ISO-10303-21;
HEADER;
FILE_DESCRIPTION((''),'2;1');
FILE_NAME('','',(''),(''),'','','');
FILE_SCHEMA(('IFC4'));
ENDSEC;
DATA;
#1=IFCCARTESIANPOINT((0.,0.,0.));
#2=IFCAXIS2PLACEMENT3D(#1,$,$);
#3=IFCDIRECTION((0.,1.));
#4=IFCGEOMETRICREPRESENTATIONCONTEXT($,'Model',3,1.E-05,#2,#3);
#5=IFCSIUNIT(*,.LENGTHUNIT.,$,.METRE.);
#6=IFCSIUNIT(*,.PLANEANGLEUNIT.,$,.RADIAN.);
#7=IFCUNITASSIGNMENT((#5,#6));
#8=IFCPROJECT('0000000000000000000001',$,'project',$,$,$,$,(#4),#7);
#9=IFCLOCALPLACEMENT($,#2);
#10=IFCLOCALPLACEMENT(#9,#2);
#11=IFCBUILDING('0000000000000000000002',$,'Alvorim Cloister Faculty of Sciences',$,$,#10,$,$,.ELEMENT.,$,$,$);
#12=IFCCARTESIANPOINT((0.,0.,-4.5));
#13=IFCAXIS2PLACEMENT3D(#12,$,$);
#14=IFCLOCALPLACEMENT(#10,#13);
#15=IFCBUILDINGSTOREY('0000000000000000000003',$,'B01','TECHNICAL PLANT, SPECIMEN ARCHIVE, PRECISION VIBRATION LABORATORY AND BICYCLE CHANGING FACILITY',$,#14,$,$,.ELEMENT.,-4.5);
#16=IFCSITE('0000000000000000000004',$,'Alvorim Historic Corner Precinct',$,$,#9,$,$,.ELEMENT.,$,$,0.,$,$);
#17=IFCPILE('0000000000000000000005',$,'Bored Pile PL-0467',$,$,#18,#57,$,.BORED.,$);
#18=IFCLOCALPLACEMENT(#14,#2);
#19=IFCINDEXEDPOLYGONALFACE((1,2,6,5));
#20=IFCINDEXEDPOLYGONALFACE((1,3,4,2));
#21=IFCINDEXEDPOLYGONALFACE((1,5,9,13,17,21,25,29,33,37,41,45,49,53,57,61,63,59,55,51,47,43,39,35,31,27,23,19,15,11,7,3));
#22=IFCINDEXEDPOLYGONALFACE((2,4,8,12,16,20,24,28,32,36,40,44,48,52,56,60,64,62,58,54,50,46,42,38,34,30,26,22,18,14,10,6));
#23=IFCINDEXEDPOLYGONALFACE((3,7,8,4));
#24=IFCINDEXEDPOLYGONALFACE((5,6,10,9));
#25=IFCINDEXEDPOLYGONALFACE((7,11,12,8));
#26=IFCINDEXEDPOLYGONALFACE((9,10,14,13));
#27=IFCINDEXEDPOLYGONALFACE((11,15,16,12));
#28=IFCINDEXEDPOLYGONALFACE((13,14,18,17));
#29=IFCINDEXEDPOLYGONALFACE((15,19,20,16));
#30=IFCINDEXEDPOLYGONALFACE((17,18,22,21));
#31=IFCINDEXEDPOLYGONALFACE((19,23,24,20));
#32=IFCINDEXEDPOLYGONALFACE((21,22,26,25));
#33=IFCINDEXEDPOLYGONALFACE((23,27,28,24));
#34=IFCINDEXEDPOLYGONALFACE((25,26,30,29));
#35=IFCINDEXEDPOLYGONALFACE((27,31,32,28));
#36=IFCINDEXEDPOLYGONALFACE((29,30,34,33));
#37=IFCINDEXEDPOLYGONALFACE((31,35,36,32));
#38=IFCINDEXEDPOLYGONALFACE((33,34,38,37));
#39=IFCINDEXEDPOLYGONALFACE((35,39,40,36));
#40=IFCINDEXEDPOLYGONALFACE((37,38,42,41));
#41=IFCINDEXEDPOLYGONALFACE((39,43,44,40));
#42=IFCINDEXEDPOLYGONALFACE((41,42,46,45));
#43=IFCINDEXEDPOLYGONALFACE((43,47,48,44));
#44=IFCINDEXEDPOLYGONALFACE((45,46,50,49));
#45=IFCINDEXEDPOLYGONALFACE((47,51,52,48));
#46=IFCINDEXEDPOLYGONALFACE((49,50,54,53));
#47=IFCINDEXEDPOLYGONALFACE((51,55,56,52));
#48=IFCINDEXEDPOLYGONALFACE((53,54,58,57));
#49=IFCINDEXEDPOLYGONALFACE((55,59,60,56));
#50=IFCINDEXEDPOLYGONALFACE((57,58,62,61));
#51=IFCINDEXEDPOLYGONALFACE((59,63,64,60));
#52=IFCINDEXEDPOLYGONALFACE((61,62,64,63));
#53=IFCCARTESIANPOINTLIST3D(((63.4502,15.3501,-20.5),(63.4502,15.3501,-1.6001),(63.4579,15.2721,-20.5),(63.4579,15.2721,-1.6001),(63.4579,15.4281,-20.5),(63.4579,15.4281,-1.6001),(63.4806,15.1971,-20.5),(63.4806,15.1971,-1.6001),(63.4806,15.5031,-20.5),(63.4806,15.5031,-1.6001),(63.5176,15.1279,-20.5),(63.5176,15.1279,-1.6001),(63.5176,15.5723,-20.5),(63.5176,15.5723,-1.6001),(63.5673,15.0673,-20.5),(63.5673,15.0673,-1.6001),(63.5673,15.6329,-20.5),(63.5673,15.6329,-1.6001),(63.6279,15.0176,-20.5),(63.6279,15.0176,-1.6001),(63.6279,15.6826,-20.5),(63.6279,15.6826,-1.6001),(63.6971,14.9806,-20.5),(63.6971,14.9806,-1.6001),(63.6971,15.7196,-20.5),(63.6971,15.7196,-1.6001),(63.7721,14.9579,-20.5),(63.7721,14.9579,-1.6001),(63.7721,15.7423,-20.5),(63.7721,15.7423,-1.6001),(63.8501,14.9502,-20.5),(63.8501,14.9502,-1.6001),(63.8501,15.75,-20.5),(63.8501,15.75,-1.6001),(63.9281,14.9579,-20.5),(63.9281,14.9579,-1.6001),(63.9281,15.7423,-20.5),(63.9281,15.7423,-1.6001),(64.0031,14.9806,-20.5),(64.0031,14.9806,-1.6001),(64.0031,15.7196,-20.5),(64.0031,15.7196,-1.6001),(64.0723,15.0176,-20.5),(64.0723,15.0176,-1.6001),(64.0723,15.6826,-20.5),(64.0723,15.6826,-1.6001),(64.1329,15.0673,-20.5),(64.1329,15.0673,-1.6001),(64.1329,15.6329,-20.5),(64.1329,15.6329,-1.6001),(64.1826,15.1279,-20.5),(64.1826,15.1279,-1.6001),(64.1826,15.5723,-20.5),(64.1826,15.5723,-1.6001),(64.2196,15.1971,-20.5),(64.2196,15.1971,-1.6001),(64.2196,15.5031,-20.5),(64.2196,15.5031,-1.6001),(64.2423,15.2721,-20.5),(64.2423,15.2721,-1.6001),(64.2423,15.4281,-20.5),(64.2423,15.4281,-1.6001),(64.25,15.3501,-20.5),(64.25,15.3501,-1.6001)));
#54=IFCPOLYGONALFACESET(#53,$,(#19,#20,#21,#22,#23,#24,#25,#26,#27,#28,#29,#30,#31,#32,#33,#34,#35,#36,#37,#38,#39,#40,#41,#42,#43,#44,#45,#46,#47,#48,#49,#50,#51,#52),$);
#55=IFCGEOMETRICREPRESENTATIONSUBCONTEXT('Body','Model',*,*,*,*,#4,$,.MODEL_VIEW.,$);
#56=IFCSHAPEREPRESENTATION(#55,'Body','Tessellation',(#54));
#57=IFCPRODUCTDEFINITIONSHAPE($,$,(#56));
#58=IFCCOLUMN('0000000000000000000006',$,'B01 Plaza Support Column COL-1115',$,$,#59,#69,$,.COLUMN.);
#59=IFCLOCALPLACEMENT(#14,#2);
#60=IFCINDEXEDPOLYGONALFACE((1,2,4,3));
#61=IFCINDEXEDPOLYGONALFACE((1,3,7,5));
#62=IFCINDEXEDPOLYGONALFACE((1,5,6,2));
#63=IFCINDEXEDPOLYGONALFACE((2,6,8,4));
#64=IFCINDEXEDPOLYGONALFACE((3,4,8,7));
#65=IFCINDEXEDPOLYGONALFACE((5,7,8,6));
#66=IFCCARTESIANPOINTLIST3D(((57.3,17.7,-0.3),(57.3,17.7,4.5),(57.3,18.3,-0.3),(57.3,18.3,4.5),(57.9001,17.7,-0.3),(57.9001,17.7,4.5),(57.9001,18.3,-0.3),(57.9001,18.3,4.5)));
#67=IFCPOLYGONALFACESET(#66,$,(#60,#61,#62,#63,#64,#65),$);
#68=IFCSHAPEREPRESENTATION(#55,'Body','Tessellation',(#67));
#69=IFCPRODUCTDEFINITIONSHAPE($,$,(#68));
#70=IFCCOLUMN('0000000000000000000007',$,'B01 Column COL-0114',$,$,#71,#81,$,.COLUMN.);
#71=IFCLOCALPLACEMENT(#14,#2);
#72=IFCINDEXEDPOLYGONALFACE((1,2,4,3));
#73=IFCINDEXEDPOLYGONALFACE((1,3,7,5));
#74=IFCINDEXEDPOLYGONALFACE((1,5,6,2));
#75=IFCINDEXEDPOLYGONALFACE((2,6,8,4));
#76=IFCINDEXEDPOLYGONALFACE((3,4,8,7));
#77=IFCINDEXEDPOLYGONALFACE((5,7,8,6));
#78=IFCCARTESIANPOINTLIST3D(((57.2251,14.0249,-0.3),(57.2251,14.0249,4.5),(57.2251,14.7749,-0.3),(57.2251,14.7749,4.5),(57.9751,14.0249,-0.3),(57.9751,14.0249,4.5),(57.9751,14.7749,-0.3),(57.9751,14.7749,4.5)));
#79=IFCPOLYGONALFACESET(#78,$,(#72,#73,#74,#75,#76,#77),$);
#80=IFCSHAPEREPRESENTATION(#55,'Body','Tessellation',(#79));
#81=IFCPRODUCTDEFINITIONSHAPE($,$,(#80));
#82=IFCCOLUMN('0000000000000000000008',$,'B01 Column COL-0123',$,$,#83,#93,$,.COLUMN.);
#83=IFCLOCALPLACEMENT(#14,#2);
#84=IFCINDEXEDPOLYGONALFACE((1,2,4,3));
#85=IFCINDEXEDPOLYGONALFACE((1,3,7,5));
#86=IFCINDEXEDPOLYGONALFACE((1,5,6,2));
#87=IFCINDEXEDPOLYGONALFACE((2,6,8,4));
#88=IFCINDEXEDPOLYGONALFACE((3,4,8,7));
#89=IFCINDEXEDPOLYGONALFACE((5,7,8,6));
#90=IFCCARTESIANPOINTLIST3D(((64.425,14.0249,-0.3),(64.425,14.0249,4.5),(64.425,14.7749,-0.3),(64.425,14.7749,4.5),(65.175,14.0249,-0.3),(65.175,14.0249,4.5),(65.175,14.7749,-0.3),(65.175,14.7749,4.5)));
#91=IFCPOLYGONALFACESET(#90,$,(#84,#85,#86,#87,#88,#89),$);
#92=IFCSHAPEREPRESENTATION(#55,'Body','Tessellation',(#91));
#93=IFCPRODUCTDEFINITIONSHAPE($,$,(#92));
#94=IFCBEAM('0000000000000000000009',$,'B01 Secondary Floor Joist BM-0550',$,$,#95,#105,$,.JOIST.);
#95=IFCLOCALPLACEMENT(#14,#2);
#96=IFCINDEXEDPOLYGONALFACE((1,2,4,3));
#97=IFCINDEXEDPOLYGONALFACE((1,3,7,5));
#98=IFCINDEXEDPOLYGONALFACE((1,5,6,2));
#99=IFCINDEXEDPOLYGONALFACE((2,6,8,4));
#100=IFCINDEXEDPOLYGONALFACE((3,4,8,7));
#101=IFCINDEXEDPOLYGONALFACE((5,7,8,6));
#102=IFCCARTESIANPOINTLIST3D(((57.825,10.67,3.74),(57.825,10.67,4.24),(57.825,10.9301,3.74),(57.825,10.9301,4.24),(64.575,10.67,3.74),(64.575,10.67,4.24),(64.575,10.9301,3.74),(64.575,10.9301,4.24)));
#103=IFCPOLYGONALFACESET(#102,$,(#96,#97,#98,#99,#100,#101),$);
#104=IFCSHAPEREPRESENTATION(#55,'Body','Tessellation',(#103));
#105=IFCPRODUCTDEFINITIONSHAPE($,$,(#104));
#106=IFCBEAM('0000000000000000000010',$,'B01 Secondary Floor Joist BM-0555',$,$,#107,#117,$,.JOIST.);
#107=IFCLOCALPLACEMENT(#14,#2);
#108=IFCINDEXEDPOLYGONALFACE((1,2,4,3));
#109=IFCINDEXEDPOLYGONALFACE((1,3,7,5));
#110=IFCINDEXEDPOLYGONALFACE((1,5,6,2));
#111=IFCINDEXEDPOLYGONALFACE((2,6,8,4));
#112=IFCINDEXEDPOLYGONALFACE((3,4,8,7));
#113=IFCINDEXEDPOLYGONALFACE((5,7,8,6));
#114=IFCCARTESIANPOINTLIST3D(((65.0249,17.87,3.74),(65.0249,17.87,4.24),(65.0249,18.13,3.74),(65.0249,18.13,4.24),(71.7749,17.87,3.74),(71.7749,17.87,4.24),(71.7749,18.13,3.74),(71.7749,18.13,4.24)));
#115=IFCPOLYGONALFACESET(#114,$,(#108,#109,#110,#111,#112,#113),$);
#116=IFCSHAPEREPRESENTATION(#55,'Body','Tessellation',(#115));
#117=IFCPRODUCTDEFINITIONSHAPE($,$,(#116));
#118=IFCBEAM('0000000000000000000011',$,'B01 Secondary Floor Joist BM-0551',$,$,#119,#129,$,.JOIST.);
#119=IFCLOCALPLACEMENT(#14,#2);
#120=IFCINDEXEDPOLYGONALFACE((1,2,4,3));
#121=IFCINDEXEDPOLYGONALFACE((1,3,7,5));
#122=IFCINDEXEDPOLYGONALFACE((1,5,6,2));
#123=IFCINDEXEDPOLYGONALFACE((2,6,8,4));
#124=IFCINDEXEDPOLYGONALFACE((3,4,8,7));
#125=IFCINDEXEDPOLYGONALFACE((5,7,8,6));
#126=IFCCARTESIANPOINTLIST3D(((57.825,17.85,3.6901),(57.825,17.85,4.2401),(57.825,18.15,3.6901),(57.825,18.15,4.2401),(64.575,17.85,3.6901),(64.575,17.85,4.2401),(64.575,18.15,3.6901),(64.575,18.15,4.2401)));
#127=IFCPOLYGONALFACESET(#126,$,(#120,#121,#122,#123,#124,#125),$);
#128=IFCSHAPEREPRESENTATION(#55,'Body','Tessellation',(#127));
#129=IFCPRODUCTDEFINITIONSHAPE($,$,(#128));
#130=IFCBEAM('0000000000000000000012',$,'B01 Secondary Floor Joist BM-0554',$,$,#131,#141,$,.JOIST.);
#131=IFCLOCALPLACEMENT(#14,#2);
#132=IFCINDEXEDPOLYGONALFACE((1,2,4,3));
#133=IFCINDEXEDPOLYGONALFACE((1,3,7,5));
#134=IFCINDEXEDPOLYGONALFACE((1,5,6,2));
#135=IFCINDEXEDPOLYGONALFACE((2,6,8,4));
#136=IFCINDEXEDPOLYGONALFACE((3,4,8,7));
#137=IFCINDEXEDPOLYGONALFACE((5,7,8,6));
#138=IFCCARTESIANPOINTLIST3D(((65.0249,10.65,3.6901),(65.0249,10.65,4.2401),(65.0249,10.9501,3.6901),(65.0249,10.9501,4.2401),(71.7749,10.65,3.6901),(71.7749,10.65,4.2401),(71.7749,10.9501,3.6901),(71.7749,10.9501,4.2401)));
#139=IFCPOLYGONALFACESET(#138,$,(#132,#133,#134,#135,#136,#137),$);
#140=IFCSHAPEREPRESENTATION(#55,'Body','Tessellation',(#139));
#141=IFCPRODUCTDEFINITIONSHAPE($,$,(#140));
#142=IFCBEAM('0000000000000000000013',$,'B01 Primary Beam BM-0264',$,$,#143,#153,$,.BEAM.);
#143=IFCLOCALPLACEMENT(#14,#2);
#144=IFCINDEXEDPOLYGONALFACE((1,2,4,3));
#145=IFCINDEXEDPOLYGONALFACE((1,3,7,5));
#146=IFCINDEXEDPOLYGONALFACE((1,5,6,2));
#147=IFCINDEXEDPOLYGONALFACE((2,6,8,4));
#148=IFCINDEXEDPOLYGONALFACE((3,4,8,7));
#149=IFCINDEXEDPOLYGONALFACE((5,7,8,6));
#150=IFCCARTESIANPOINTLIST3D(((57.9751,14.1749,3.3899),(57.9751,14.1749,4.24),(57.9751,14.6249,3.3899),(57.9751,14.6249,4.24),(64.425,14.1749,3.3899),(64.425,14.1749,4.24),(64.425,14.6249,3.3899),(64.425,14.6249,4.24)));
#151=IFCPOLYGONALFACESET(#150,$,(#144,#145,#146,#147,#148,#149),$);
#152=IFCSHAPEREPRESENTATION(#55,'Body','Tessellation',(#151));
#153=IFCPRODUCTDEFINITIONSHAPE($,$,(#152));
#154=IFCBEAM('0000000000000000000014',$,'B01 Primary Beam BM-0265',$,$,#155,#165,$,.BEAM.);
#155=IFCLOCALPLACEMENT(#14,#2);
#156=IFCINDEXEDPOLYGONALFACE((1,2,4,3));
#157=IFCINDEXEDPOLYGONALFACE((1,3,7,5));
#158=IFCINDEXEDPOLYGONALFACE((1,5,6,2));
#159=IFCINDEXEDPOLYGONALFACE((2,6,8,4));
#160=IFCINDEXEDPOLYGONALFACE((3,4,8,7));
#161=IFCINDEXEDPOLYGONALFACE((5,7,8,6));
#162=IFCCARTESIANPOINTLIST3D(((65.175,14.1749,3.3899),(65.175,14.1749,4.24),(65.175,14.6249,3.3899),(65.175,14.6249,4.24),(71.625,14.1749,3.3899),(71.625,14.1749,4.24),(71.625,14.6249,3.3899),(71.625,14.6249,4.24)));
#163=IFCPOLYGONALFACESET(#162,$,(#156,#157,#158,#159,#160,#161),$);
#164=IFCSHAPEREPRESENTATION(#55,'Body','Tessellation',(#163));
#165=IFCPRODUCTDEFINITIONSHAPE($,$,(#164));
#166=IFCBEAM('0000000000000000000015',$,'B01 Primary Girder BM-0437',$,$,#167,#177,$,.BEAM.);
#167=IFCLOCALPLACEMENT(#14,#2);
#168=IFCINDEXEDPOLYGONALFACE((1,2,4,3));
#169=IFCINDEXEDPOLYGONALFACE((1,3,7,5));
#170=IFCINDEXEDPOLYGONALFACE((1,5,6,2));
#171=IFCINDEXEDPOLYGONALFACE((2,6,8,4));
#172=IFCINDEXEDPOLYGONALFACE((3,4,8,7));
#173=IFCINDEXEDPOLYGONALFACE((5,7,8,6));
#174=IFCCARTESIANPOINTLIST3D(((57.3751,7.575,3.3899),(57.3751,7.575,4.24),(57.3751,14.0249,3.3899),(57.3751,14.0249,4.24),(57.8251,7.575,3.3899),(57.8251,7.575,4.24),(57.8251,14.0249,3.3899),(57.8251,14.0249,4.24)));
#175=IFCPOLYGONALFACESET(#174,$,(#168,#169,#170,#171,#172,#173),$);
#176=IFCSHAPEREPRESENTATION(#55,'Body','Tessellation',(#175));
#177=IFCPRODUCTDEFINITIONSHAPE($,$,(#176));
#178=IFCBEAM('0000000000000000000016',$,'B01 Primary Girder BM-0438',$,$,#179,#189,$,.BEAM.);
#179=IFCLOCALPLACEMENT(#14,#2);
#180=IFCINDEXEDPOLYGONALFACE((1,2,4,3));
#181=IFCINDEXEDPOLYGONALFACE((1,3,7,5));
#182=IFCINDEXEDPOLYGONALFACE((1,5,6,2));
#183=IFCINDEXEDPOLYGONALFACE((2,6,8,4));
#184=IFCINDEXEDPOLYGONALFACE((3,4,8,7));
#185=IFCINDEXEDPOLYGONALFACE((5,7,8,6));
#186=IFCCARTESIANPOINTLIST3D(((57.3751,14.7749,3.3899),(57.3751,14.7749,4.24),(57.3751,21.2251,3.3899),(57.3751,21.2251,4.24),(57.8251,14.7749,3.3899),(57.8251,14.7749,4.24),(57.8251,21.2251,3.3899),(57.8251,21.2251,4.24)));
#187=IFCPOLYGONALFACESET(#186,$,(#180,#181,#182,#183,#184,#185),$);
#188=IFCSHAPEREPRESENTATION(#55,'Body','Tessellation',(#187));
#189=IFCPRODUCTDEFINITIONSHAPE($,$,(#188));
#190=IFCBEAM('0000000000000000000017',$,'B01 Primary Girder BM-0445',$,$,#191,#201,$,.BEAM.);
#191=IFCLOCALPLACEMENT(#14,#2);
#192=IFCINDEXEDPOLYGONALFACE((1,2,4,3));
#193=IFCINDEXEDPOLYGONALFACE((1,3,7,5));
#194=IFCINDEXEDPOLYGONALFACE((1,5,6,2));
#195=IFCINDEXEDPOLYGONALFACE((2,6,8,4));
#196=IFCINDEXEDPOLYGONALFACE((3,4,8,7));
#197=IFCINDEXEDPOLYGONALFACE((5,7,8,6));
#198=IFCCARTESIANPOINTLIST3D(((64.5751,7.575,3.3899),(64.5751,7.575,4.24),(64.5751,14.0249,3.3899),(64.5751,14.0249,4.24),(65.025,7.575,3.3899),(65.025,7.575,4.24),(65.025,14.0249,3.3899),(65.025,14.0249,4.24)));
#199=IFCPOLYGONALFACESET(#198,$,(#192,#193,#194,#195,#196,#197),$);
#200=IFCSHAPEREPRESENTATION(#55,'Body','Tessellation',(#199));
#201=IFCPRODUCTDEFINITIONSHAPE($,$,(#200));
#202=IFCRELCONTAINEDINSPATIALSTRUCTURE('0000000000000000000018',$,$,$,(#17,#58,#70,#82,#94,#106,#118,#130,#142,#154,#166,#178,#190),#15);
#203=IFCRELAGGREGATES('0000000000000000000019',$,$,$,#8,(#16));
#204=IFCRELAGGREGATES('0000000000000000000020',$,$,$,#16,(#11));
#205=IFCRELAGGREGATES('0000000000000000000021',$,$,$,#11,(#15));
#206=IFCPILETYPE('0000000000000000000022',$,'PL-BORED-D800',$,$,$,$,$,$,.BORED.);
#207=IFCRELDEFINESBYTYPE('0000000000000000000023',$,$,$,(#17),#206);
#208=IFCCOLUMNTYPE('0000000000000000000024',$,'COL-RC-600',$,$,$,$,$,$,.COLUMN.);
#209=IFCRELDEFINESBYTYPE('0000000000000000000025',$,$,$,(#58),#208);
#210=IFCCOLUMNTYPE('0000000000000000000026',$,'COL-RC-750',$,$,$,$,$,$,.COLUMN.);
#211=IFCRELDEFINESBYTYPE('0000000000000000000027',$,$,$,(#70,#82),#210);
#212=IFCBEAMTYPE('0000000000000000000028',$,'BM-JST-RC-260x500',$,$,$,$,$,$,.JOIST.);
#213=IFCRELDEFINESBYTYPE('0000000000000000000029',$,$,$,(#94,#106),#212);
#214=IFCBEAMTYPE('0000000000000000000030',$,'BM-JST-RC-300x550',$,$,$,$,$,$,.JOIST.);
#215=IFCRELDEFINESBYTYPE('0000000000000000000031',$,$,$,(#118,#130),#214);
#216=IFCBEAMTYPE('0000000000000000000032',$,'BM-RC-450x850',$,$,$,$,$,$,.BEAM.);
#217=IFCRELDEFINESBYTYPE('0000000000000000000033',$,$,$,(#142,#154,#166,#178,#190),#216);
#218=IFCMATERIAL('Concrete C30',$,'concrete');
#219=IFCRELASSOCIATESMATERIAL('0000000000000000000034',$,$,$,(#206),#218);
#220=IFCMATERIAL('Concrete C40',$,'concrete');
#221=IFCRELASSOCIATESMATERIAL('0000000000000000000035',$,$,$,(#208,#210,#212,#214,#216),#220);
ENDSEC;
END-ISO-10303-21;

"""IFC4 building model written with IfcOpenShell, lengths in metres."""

from ifc_helpers import new_model, si_unit, direction, frame, origin, origin_2d, place, context, subcontext, project, spatial, rectangle, circle, extrude, material, material_profile, profile_set, type_object, element, save


model = new_model("IFC4")

# Units and contexts
model_context = context("Model", 3, precision=1e-05, world=origin(), true_north=direction((0.0, 1.0)))
body_context = subcontext(model_context, "Body", "Model", "MODEL_VIEW")
ifc_project = project(units=[si_unit("LENGTHUNIT", "METRE"), si_unit("PLANEANGLEUNIT", "RADIAN")], contexts=[model_context])

# Site, building, storey
site_placement = place(None, origin())
site = spatial("IfcSite", under=ifc_project, at=site_placement, Name="Alvorim Historic Corner Precinct", CompositionType="ELEMENT", RefElevation=0.0)
building_placement = place(site_placement, origin())
building = spatial("IfcBuilding", under=site, at=building_placement, Name="Alvorim Cloister Faculty of Sciences", CompositionType="ELEMENT")
storey_placement = place(building_placement, frame((0.0, 0.0, -4.5)))
storey = spatial("IfcBuildingStorey", under=building, at=storey_placement, Name="B01", Description="TECHNICAL PLANT, SPECIMEN ARCHIVE, PRECISION VIBRATION LABORATORY AND BICYCLE CHANGING FACILITY", CompositionType="ELEMENT", Elevation=-4.5)

# Shared definitions
ifc_material_1 = material(Name="Concrete C40", Category="concrete")

# Pile
ifc_material_2 = material(Name="Concrete C30", Category="concrete")
ifc_material_profile_1 = material_profile(ifc_material_2, circle(Radius=0.3999, at=origin_2d()), Name="PILE-D800")
ifc_profile_set_1 = profile_set([ifc_material_profile_1], Name="Concrete C30")
pile_type_1 = type_object("IfcPileType", Name="PL-BORED-D800", PredefinedType="BORED", material=ifc_profile_set_1)
for number, where, z_axis, x_axis, name in (
    (1, (63.8501, 15.3501, -1.6001), (0.0, 0.0, -1.0), (1.0, 0.0, 0.0), "Bored Pile PL-0467"),
):
    element("IfcPile", number, at=place(storey_placement, frame(where, z_axis=z_axis, x_axis=x_axis)), inside=storey, type_object=pile_type_1, Name=name, PredefinedType="BORED", context=body_context, shape_type="SweptSolid", body=[
        extrude(circle(Radius=0.3999, at=origin_2d()), origin(), (0.0, 0.0, 1.0), 18.8999),
    ])

# Columns
ifc_material_profile_2 = material_profile(ifc_material_1, rectangle(XDim=0.6001, YDim=0.6001, at=origin_2d()), Name="RC40-COL-600x600")
ifc_profile_set_2 = profile_set([ifc_material_profile_2], Name="Concrete C40")
column_type_1 = type_object("IfcColumnType", Name="COL-RC-600", PredefinedType="COLUMN", material=ifc_profile_set_2)
column_placement = place(storey_placement, frame((57.6001, 18.0, -0.3), z_axis=(0.0, 0.0, 1.0), x_axis=(1.0, 0.0, 0.0)))
element("IfcColumn", 2, at=column_placement, inside=storey, type_object=column_type_1, Name="B01 Plaza Support Column COL-1115", PredefinedType="COLUMN", context=body_context, shape_type="SweptSolid", body=[
    extrude(rectangle(XDim=0.6001, YDim=0.6001, at=origin_2d()), origin(), (0.0, 0.0, 1.0), 4.8),
])
ifc_material_profile_3 = material_profile(ifc_material_1, rectangle(XDim=0.75, YDim=0.75, at=origin_2d()), Name="RC40-COL-750x750")
ifc_profile_set_3 = profile_set([ifc_material_profile_3], Name="Concrete C40")
column_type_2 = type_object("IfcColumnType", Name="COL-RC-750", PredefinedType="COLUMN", material=ifc_profile_set_3)
for number, where, z_axis, x_axis, name in (
    (3, (57.6001, 14.3999, -0.3), (0.0, 0.0, 1.0), (1.0, 0.0, 0.0), "B01 Column COL-0114"),
    (4, (64.8, 14.3999, -0.3), (0.0, 0.0, 1.0), (1.0, 0.0, 0.0), "B01 Column COL-0123"),
):
    element("IfcColumn", number, at=place(storey_placement, frame(where, z_axis=z_axis, x_axis=x_axis)), inside=storey, type_object=column_type_2, Name=name, PredefinedType="COLUMN", context=body_context, shape_type="SweptSolid", body=[
        extrude(rectangle(XDim=0.75, YDim=0.75, at=origin_2d()), origin(), (0.0, 0.0, 1.0), 4.8),
    ])

# Beams
ifc_material_profile_4 = material_profile(ifc_material_1, rectangle(XDim=0.26, YDim=0.5, at=origin_2d()), Name="RC40-JST-260x500")
ifc_profile_set_4 = profile_set([ifc_material_profile_4], Name="Concrete C40")
beam_type_1 = type_object("IfcBeamType", Name="BM-JST-RC-260x500", PredefinedType="JOIST", material=ifc_profile_set_4)
for number, where, z_axis, x_axis, name in (
    (5, (57.825, 10.8, 3.99), (1.0, 0.0, 0.0), (0.0, 1.0, 0.0), "B01 Secondary Floor Joist BM-0550"),
    (6, (65.0249, 18.0, 3.99), (1.0, 0.0, 0.0), (0.0, 1.0, 0.0), "B01 Secondary Floor Joist BM-0555"),
):
    element("IfcBeam", number, at=place(storey_placement, frame(where, z_axis=z_axis, x_axis=x_axis)), inside=storey, type_object=beam_type_1, Name=name, PredefinedType="JOIST", context=body_context, shape_type="SweptSolid", body=[
        extrude(rectangle(XDim=0.26, YDim=0.5, at=origin_2d()), origin(), (0.0, 0.0, 1.0), 6.75),
    ])
ifc_material_profile_5 = material_profile(ifc_material_1, rectangle(XDim=0.3, YDim=0.55, at=origin_2d()), Name="RC40-JST-300x550")
ifc_profile_set_5 = profile_set([ifc_material_profile_5], Name="Concrete C40")
beam_type_2 = type_object("IfcBeamType", Name="BM-JST-RC-300x550", PredefinedType="JOIST", material=ifc_profile_set_5)
for number, where, z_axis, x_axis, name in (
    (7, (57.825, 18.0, 3.9651), (1.0, 0.0, 0.0), (0.0, 1.0, 0.0), "B01 Secondary Floor Joist BM-0551"),
    (8, (65.0249, 10.8, 3.9651), (1.0, 0.0, 0.0), (0.0, 1.0, 0.0), "B01 Secondary Floor Joist BM-0554"),
):
    element("IfcBeam", number, at=place(storey_placement, frame(where, z_axis=z_axis, x_axis=x_axis)), inside=storey, type_object=beam_type_2, Name=name, PredefinedType="JOIST", context=body_context, shape_type="SweptSolid", body=[
        extrude(rectangle(XDim=0.3, YDim=0.55, at=origin_2d()), origin(), (0.0, 0.0, 1.0), 6.75),
    ])
ifc_material_profile_6 = material_profile(ifc_material_1, rectangle(XDim=0.45, YDim=0.8501, at=origin_2d()), Name="RC40-BM-450x850")
ifc_profile_set_6 = profile_set([ifc_material_profile_6], Name="Concrete C40")
beam_type_3 = type_object("IfcBeamType", Name="BM-RC-450x850", PredefinedType="BEAM", material=ifc_profile_set_6)
for number, where, z_axis, x_axis, name in (
    (9, (57.9751, 14.3999, 3.8149), (1.0, 0.0, 0.0), (0.0, 1.0, 0.0), "B01 Primary Beam BM-0264"),
    (10, (65.175, 14.3999, 3.8149), (1.0, 0.0, 0.0), (0.0, 1.0, 0.0), "B01 Primary Beam BM-0265"),
    (11, (57.6001, 7.575, 3.8149), (0.0, 1.0, 0.0), (-1.0, 0.0, 0.0), "B01 Primary Girder BM-0437"),
):
    element("IfcBeam", number, at=place(storey_placement, frame(where, z_axis=z_axis, x_axis=x_axis)), inside=storey, type_object=beam_type_3, Name=name, PredefinedType="BEAM", context=body_context, shape_type="SweptSolid", body=[
        extrude(rectangle(XDim=0.45, YDim=0.8501, at=origin_2d()), origin(), (0.0, 0.0, 1.0), 6.45),
    ])
beam_1_placement = place(storey_placement, frame((57.6001, 14.7749, 3.8149), z_axis=(0.0, 1.0, 0.0), x_axis=(-1.0, 0.0, 0.0)))
element("IfcBeam", 12, at=beam_1_placement, inside=storey, type_object=beam_type_3, Name="B01 Primary Girder BM-0438", PredefinedType="BEAM", context=body_context, shape_type="SweptSolid", body=[
    extrude(rectangle(XDim=0.45, YDim=0.8501, at=origin_2d()), origin(), (0.0, 0.0, 1.0), 6.4502),
])
beam_2_placement = place(storey_placement, frame((64.8, 7.575, 3.8149), z_axis=(0.0, 1.0, 0.0), x_axis=(-1.0, 0.0, 0.0)))
element("IfcBeam", 13, at=beam_2_placement, inside=storey, type_object=beam_type_3, Name="B01 Primary Girder BM-0445", PredefinedType="BEAM", context=body_context, shape_type="SweptSolid", body=[
    extrude(rectangle(XDim=0.45, YDim=0.8501, at=origin_2d()), origin(), (0.0, 0.0, 1.0), 6.45),
])

save(model, "model.ifc")
